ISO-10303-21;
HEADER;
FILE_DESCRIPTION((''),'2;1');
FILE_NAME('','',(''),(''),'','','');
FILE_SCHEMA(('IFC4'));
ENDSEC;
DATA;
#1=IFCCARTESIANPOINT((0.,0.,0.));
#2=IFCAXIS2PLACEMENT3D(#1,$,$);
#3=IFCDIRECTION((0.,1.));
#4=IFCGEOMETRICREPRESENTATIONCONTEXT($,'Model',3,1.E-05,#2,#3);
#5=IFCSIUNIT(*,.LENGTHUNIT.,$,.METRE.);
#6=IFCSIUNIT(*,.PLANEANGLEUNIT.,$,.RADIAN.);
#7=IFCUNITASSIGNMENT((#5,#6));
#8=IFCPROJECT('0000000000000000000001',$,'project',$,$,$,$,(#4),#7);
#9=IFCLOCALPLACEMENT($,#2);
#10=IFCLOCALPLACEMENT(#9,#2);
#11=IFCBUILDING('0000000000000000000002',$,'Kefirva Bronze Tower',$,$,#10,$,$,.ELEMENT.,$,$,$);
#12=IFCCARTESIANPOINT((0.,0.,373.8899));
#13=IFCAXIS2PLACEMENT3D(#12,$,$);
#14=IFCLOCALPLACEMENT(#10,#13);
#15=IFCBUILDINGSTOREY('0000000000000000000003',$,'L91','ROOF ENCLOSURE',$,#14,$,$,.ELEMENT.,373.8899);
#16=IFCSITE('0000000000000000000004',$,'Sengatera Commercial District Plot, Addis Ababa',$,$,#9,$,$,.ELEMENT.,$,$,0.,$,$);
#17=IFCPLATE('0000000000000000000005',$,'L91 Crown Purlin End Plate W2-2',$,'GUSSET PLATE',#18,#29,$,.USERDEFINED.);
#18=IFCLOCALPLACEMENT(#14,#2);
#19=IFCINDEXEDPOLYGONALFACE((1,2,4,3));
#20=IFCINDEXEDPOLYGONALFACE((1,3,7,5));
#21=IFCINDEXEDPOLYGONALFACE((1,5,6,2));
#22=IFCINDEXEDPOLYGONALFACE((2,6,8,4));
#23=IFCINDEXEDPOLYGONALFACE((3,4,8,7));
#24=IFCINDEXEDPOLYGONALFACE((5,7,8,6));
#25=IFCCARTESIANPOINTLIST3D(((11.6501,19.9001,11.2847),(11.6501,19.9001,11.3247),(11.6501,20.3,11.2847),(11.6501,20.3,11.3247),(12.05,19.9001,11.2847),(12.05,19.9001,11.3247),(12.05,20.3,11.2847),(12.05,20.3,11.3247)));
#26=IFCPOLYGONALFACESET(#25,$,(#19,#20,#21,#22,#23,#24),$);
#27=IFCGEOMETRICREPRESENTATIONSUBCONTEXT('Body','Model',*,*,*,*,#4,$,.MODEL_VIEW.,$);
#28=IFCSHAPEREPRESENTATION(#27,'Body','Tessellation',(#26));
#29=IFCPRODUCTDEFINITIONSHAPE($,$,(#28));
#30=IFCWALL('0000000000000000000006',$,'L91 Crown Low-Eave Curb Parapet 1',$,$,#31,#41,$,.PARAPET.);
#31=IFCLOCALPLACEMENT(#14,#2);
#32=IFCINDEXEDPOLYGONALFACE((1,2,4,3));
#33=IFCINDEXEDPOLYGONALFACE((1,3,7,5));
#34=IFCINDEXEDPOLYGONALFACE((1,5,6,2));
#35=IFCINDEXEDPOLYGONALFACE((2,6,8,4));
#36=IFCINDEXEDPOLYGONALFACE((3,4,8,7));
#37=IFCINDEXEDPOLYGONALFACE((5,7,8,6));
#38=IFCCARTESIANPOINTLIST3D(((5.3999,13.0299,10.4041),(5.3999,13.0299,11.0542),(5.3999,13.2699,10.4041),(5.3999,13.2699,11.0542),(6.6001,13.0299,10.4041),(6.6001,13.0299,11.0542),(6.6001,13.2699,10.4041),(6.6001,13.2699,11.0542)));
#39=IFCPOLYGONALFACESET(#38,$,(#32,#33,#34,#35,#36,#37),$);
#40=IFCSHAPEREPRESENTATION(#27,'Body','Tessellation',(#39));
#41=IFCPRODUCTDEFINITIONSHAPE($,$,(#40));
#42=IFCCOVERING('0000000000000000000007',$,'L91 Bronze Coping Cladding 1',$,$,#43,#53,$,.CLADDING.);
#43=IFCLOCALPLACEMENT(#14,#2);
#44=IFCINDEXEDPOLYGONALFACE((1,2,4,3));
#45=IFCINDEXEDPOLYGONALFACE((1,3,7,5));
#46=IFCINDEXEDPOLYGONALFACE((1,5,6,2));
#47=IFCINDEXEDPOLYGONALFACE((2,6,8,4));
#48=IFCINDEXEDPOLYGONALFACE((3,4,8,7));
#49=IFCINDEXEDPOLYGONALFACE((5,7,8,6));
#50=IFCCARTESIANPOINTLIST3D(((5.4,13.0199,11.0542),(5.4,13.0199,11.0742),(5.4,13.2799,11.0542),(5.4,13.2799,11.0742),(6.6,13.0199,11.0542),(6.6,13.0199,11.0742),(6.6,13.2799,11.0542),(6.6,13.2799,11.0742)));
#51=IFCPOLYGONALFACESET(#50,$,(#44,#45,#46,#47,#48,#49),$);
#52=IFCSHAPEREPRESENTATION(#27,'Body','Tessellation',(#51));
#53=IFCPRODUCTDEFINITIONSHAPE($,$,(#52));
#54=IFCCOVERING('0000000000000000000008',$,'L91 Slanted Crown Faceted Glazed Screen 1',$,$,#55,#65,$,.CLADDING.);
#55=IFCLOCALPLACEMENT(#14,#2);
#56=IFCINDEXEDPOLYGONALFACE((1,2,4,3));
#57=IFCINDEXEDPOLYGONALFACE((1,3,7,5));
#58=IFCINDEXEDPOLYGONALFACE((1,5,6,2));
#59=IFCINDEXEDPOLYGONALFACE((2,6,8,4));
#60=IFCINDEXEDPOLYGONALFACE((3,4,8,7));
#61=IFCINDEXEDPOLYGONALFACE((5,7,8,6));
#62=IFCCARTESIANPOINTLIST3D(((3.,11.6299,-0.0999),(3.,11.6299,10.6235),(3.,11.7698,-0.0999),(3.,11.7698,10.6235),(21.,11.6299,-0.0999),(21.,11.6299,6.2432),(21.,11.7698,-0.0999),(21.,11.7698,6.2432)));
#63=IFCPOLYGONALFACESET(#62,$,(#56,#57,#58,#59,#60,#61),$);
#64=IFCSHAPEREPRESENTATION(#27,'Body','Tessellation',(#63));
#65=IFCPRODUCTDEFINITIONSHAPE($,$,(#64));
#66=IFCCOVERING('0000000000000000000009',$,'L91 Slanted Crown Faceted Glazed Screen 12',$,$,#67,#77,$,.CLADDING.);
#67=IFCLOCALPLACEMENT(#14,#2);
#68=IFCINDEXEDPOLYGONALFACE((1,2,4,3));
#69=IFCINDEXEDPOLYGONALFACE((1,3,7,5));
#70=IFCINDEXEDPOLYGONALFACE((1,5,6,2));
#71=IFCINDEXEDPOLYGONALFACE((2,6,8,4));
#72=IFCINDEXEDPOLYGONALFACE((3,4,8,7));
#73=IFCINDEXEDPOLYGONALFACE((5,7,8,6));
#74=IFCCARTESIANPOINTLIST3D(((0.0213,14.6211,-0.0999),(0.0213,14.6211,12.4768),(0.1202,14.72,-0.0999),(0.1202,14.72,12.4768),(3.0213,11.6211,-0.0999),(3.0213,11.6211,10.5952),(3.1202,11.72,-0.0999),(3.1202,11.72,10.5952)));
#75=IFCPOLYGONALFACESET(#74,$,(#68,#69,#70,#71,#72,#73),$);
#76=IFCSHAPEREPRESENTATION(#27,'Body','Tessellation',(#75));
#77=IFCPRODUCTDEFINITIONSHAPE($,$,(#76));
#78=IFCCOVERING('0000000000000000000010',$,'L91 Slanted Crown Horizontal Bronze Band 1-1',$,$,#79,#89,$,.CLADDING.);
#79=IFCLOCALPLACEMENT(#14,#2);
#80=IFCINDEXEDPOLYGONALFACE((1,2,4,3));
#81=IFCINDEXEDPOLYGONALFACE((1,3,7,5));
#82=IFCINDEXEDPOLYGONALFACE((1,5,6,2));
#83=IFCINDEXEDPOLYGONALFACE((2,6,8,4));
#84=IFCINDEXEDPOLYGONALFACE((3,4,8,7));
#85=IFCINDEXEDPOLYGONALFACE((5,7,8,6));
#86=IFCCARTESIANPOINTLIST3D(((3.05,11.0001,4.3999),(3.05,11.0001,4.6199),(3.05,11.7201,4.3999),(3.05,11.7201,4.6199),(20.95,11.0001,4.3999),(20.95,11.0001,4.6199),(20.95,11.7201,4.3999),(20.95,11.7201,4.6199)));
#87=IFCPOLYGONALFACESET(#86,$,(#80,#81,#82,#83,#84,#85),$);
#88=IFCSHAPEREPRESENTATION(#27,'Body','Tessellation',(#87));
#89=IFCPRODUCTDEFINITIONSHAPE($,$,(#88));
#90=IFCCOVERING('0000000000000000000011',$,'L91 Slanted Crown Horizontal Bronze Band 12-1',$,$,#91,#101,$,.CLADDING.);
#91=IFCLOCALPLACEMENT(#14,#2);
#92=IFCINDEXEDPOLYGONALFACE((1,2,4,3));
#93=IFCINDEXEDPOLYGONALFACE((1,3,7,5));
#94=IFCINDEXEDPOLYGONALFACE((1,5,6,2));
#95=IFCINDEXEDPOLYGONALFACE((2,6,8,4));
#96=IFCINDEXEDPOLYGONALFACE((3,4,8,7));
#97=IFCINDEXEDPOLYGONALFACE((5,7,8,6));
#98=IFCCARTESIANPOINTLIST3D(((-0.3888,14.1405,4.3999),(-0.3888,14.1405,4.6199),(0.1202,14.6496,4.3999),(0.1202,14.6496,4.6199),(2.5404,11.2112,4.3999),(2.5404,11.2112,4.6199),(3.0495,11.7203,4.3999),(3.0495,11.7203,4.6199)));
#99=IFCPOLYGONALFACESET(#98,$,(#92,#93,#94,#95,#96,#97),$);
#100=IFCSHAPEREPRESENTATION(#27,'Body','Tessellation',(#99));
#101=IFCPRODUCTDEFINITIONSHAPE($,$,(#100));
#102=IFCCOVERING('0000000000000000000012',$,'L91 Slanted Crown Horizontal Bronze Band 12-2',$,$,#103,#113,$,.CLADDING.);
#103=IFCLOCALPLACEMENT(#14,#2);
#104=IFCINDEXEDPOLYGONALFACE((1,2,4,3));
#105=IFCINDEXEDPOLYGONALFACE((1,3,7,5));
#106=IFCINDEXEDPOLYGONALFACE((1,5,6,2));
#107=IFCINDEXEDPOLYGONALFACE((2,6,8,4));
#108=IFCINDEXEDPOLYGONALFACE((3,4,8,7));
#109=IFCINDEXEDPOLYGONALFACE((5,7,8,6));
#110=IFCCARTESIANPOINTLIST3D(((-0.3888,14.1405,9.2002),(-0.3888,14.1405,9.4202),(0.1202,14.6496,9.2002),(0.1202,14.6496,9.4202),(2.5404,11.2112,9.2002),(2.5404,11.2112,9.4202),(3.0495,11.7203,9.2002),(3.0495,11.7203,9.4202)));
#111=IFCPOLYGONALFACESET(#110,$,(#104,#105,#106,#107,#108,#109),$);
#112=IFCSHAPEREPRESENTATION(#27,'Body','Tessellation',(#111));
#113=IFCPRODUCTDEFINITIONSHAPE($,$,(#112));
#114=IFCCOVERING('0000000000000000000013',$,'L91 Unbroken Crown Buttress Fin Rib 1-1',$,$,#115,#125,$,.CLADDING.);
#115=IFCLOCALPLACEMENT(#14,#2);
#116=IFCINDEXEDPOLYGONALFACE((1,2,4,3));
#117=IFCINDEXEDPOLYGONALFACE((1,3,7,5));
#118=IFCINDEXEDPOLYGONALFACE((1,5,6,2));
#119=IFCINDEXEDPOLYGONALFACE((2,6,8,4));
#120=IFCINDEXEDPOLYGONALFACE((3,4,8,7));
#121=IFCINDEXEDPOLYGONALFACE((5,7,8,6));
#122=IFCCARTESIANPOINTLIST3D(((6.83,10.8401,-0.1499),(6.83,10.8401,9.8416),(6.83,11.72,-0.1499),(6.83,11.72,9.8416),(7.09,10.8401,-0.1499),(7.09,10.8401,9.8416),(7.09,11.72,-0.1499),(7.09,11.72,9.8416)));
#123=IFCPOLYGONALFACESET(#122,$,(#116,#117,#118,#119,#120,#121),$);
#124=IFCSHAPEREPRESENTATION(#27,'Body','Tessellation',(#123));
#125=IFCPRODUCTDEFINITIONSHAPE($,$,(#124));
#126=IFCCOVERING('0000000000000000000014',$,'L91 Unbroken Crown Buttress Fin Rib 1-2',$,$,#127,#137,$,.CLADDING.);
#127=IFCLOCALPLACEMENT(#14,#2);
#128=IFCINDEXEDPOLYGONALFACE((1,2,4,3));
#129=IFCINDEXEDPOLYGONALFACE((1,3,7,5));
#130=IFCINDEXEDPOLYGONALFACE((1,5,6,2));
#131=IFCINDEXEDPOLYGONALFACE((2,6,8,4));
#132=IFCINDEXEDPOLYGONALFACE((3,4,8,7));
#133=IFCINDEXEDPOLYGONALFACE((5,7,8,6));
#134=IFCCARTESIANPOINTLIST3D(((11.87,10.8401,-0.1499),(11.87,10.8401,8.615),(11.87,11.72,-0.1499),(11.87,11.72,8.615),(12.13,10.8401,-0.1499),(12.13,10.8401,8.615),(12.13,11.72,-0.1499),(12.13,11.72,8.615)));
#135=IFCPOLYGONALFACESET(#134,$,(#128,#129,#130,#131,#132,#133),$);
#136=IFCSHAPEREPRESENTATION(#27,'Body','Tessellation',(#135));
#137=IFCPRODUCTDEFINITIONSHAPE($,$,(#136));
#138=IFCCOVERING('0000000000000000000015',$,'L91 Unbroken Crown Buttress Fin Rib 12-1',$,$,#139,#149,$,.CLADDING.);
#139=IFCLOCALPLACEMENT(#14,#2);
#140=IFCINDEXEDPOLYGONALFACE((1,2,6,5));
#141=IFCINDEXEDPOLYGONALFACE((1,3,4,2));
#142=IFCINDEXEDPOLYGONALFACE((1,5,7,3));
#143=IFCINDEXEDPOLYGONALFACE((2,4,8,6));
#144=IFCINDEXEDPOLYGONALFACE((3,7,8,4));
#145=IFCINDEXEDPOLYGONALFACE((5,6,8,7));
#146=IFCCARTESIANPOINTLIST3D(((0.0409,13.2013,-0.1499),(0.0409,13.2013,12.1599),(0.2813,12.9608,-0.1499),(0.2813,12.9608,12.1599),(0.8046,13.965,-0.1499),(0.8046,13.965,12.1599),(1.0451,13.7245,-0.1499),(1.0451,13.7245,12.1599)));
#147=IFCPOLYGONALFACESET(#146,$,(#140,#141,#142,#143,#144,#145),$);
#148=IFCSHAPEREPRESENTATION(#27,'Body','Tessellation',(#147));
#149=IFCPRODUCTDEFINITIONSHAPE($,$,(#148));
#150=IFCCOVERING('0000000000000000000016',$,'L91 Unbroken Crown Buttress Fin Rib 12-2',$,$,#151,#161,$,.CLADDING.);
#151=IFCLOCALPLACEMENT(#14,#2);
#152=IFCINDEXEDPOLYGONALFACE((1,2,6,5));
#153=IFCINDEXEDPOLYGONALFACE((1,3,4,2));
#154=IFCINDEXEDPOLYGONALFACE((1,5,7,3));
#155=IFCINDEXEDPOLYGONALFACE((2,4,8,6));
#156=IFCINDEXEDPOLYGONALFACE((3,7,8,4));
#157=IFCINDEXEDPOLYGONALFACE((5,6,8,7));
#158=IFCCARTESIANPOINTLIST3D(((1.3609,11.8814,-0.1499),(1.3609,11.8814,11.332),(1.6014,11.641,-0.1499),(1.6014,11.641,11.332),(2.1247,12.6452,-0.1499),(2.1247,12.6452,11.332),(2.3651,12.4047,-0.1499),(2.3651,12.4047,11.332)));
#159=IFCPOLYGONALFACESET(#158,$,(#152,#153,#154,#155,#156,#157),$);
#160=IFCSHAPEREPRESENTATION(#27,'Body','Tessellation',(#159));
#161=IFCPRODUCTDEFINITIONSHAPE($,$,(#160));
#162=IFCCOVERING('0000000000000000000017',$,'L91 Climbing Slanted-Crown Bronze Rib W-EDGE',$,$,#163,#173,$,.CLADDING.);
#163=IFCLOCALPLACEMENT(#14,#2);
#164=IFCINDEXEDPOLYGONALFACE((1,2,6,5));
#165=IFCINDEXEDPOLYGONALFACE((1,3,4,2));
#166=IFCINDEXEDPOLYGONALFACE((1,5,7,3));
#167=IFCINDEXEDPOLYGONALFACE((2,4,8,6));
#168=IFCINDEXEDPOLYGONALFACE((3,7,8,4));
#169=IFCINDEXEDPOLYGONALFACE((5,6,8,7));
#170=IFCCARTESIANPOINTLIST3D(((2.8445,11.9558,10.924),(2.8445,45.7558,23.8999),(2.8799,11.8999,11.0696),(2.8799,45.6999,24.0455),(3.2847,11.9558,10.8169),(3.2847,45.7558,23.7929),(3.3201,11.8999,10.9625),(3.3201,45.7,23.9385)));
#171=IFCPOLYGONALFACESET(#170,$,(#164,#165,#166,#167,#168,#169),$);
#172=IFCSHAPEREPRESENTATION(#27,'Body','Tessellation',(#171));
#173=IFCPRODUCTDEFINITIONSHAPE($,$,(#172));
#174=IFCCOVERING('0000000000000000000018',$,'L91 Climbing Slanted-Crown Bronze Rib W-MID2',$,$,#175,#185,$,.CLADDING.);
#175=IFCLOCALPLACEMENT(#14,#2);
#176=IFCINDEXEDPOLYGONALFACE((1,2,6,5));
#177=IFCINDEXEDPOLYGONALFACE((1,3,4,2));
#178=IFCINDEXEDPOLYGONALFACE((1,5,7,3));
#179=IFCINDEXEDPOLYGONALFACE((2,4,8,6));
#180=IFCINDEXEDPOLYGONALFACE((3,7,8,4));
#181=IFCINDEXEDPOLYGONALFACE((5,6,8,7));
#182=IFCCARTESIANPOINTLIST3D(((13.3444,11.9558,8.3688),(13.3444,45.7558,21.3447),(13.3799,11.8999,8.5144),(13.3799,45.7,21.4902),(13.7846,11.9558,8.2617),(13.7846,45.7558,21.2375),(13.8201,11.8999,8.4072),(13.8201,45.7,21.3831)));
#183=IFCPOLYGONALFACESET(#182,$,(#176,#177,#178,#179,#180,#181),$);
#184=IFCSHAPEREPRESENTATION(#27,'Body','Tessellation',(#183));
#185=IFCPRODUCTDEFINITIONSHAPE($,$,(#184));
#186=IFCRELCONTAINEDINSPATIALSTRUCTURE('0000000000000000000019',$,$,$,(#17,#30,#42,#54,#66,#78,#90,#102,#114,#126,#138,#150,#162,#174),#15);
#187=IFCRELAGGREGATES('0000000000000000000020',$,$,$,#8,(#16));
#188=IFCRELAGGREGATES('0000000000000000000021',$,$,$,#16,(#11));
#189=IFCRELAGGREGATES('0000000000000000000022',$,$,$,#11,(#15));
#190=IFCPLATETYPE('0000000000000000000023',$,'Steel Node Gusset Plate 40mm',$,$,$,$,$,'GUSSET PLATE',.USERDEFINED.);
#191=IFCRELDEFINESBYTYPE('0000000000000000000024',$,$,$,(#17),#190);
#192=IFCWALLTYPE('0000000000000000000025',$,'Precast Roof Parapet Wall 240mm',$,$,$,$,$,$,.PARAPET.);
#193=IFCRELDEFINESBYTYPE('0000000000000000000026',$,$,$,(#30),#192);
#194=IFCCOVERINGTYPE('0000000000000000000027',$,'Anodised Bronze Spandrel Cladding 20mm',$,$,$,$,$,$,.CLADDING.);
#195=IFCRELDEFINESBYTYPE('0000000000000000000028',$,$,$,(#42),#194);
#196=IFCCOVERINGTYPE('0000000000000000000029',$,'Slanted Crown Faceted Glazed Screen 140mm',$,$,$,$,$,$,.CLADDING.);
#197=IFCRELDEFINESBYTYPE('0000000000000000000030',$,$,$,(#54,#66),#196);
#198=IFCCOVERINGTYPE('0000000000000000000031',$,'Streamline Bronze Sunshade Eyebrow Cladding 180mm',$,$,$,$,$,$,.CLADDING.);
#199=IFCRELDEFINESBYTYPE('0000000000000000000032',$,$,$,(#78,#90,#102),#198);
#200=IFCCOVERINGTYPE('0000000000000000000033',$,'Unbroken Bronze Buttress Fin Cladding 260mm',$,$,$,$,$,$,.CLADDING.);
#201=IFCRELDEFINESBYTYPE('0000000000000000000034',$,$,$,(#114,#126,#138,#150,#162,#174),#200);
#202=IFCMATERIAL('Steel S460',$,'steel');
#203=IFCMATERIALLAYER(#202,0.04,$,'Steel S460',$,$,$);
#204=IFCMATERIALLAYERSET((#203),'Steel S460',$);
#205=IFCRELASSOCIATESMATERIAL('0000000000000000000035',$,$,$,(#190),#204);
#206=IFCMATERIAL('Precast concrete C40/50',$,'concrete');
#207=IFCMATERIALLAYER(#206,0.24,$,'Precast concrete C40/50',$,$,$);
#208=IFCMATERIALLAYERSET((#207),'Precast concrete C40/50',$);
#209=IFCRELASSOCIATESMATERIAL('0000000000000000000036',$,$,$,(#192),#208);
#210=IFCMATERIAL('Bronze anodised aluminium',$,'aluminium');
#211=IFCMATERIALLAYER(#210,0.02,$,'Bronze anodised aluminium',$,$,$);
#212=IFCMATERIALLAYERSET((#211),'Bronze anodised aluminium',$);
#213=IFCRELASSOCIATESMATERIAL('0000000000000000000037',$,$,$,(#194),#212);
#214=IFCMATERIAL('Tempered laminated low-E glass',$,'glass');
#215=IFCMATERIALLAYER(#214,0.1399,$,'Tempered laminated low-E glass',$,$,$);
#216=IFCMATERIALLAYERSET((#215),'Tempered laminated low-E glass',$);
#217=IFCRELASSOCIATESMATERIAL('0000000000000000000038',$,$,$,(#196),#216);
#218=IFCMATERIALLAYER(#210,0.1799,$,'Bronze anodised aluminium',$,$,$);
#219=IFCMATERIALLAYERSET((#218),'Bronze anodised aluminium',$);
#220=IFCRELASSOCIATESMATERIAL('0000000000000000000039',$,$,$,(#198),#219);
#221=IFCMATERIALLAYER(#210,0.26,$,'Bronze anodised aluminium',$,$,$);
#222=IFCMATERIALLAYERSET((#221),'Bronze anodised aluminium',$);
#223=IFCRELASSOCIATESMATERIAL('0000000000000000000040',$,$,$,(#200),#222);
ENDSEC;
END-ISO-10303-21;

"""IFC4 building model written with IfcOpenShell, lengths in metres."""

from ifc_helpers import new_model, si_unit, direction, frame, frame_2d, origin, origin_2d, place, context, subcontext, project, spatial, polyline, rectangle, outline, extrude, material, layer, layer_set, type_object, element, save


model = new_model("IFC4")

# Units and contexts
model_context = context("Model", 3, precision=1e-05, world=origin(), true_north=direction((0.0, 1.0)))
body_context = subcontext(model_context, "Body", "Model", "MODEL_VIEW")
ifc_project = project(units=[si_unit("LENGTHUNIT", "METRE"), si_unit("PLANEANGLEUNIT", "RADIAN")], contexts=[model_context])

# Site, building, storey
site_placement = place(None, origin())
site = spatial("IfcSite", under=ifc_project, at=site_placement, Name="Sengatera Commercial District Plot, Addis Ababa", CompositionType="ELEMENT", RefElevation=0.0)
building_placement = place(site_placement, origin())
building = spatial("IfcBuilding", under=site, at=building_placement, Name="Kefirva Bronze Tower", CompositionType="ELEMENT")
storey_placement = place(building_placement, frame((0.0, 0.0, 373.8899)))
storey = spatial("IfcBuildingStorey", under=building, at=storey_placement, Name="L91", Description="ROOF ENCLOSURE", CompositionType="ELEMENT", Elevation=373.8899)

# Plate
ifc_material_1 = material(Name="Steel S460", Category="steel")
ifc_layer_1 = layer(ifc_material_1, 0.04, Name="Steel S460")
ifc_layer_set_1 = layer_set([ifc_layer_1], Name="Steel S460")
plate_type = type_object("IfcPlateType", Name="Steel Node Gusset Plate 40mm", ElementType="GUSSET PLATE", PredefinedType="USERDEFINED", material=ifc_layer_set_1)
for number, where, z_axis, x_axis, name in (
    (1, (11.8501, 20.1001, 11.2847), (0.0, 0.0, 1.0), (1.0, 0.0, 0.0), "L91 Crown Purlin End Plate W2-2"),
):
    element("IfcPlate", number, at=place(storey_placement, frame(where, z_axis=z_axis, x_axis=x_axis)), inside=storey, type_object=plate_type, Name=name, ObjectType="GUSSET PLATE", PredefinedType="USERDEFINED", context=body_context, shape_type="SweptSolid", body=[
        extrude(rectangle(XDim=0.3999, YDim=0.3999, at=origin_2d()), origin(), (0.0, 0.0, 1.0), 0.04),
    ])

# Wall
ifc_material_2 = material(Name="Precast concrete C40/50", Category="concrete")
ifc_layer_2 = layer(ifc_material_2, 0.24, Name="Precast concrete C40/50")
ifc_layer_set_2 = layer_set([ifc_layer_2], Name="Precast concrete C40/50")
wall_type = type_object("IfcWallType", Name="Precast Roof Parapet Wall 240mm", PredefinedType="PARAPET", material=ifc_layer_set_2)
wall_placement = place(storey_placement, frame((5.3999, 13.1499, 10.4041), z_axis=(0.0, 0.0, 1.0), x_axis=(1.0, 0.0, 0.0)))
element("IfcWall", 2, at=wall_placement, inside=storey, type_object=wall_type, Name="L91 Crown Low-Eave Curb Parapet 1", PredefinedType="PARAPET", context=body_context, shape_type="SweptSolid", body=[
    extrude(rectangle(XDim=1.2002, YDim=0.24, at=frame_2d((0.6001, 0.0))), origin(), (0.0, 0.0, 1.0), 0.6501),
])

# Shared definitions
ifc_material_3 = material(Name="Bronze anodised aluminium", Category="aluminium")

# Coverings
ifc_layer_3 = layer(ifc_material_3, 0.02, Name="Bronze anodised aluminium")
ifc_layer_set_3 = layer_set([ifc_layer_3], Name="Bronze anodised aluminium")
covering_type_1 = type_object("IfcCoveringType", Name="Anodised Bronze Spandrel Cladding 20mm", PredefinedType="CLADDING", material=ifc_layer_set_3)
covering_1_placement = place(storey_placement, frame((6.0, 13.1499, 11.0542), z_axis=(0.0, 0.0, 1.0), x_axis=(1.0, 0.0, 0.0)))
element("IfcCovering", 3, at=covering_1_placement, inside=storey, type_object=covering_type_1, Name="L91 Bronze Coping Cladding 1", PredefinedType="CLADDING", context=body_context, shape_type="SweptSolid", body=[
    extrude(rectangle(XDim=1.2, YDim=0.26, at=origin_2d()), origin(), (0.0, 0.0, 1.0), 0.02),
])
ifc_material_4 = material(Name="Tempered laminated low-E glass", Category="glass")
ifc_layer_4 = layer(ifc_material_4, 0.1399, Name="Tempered laminated low-E glass")
ifc_layer_set_4 = layer_set([ifc_layer_4], Name="Tempered laminated low-E glass")
covering_type_2 = type_object("IfcCoveringType", Name="Slanted Crown Faceted Glazed Screen 140mm", PredefinedType="CLADDING", material=ifc_layer_set_4)
covering_2_placement = place(storey_placement, frame((3.0, 11.7, -0.0999), z_axis=(0.0, 0.0, 1.0), x_axis=(1.0, 0.0, 0.0)))
element("IfcCovering", 4, at=covering_2_placement, inside=storey, type_object=covering_type_2, Name="L91 Slanted Crown Faceted Glazed Screen 1", PredefinedType="CLADDING", context=body_context, shape_type="SweptSolid", body=[
    extrude(outline(polyline([(0.0, 0.0), (18.0, 0.0), (18.0, 6.343), (0.0, 10.7234), (0.0, 0.0)])), frame((0.0, 0.0698, 0.0), z_axis=(0.0, -1.0, 0.0), x_axis=(1.0, 0.0, 0.0)), (0.0, 0.0, 1.0), 0.1399),
])
covering_3_placement = place(storey_placement, frame((0.0708, 14.6707, -0.0999), z_axis=(0.0, 0.0, 1.0), x_axis=(0.707107, -0.707107, 0.0)))
element("IfcCovering", 5, at=covering_3_placement, inside=storey, type_object=covering_type_2, Name="L91 Slanted Crown Faceted Glazed Screen 12", PredefinedType="CLADDING", context=body_context, shape_type="SweptSolid", body=[
    extrude(outline(polyline([(0.0, 0.0), (4.2427, 0.0), (4.2427, 10.6951), (0.0, 12.5767), (0.0, 0.0)])), frame((0.0, 0.0698, 0.0), z_axis=(0.0, -1.0, 0.0), x_axis=(1.0, 0.0, 0.0)), (0.0, 0.0, 1.0), 0.1399),
])
ifc_layer_5 = layer(ifc_material_3, 0.1799, Name="Bronze anodised aluminium")
ifc_layer_set_5 = layer_set([ifc_layer_5], Name="Bronze anodised aluminium")
covering_type_3 = type_object("IfcCoveringType", Name="Streamline Bronze Sunshade Eyebrow Cladding 180mm", PredefinedType="CLADDING", material=ifc_layer_set_5)
covering_4_placement = place(storey_placement, frame((12.0, 11.3601, 4.3999), z_axis=(0.0, 0.0, 1.0), x_axis=(1.0, 0.0, 0.0)))
element("IfcCovering", 6, at=covering_4_placement, inside=storey, type_object=covering_type_3, Name="L91 Slanted Crown Horizontal Bronze Band 1-1", PredefinedType="CLADDING", context=body_context, shape_type="SweptSolid", body=[
    extrude(rectangle(XDim=17.8999, YDim=0.72, at=origin_2d()), origin(), (0.0, 0.0, 1.0), 0.22),
])
for number, where, z_axis, x_axis, name in (
    (7, (1.3303, 12.9304, 4.3999), (0.0, 0.0, 1.0), (0.707107, -0.707107, 0.0), "L91 Slanted Crown Horizontal Bronze Band 12-1"),
    (8, (1.3303, 12.9304, 9.2002), (0.0, 0.0, 1.0), (0.707107, -0.707107, 0.0), "L91 Slanted Crown Horizontal Bronze Band 12-2"),
):
    element("IfcCovering", number, at=place(storey_placement, frame(where, z_axis=z_axis, x_axis=x_axis)), inside=storey, type_object=covering_type_3, Name=name, PredefinedType="CLADDING", context=body_context, shape_type="SweptSolid", body=[
        extrude(rectangle(XDim=4.1426, YDim=0.72, at=origin_2d()), origin(), (0.0, 0.0, 1.0), 0.22),
    ])
ifc_layer_6 = layer(ifc_material_3, 0.26, Name="Bronze anodised aluminium")
ifc_layer_set_6 = layer_set([ifc_layer_6], Name="Bronze anodised aluminium")
covering_type_4 = type_object("IfcCoveringType", Name="Unbroken Bronze Buttress Fin Cladding 260mm", PredefinedType="CLADDING", material=ifc_layer_set_6)
covering_5_placement = place(storey_placement, frame((6.96, 11.28, -0.1499), z_axis=(0.0, 0.0, 1.0), x_axis=(1.0, 0.0, 0.0)))
element("IfcCovering", 9, at=covering_5_placement, inside=storey, type_object=covering_type_4, Name="L91 Unbroken Crown Buttress Fin Rib 1-1", PredefinedType="CLADDING", context=body_context, shape_type="SweptSolid", body=[
    extrude(rectangle(XDim=0.26, YDim=0.8799, at=origin_2d()), origin(), (0.0, 0.0, 1.0), 9.9915),
])
covering_6_placement = place(storey_placement, frame((12.0, 11.28, -0.1499), z_axis=(0.0, 0.0, 1.0), x_axis=(1.0, 0.0, 0.0)))
element("IfcCovering", 10, at=covering_6_placement, inside=storey, type_object=covering_type_4, Name="L91 Unbroken Crown Buttress Fin Rib 1-2", PredefinedType="CLADDING", context=body_context, shape_type="SweptSolid", body=[
    extrude(rectangle(XDim=0.26, YDim=0.8799, at=origin_2d()), origin(), (0.0, 0.0, 1.0), 8.7649),
])
covering_7_placement = place(storey_placement, frame((0.543, 13.4629, -0.1499), z_axis=(0.0, 0.0, 1.0), x_axis=(0.707107, -0.707107, 0.0)))
element("IfcCovering", 11, at=covering_7_placement, inside=storey, type_object=covering_type_4, Name="L91 Unbroken Crown Buttress Fin Rib 12-1", PredefinedType="CLADDING", context=body_context, shape_type="SweptSolid", body=[
    extrude(rectangle(XDim=0.3401, YDim=1.0801, at=origin_2d()), origin(), (0.0, 0.0, 1.0), 12.3098),
])
covering_8_placement = place(storey_placement, frame((1.863, 12.1431, -0.1499), z_axis=(0.0, 0.0, 1.0), x_axis=(0.707107, -0.707107, 0.0)))
element("IfcCovering", 12, at=covering_8_placement, inside=storey, type_object=covering_type_4, Name="L91 Unbroken Crown Buttress Fin Rib 12-2", PredefinedType="CLADDING", context=body_context, shape_type="SweptSolid", body=[
    extrude(rectangle(XDim=0.3401, YDim=1.0801, at=origin_2d()), origin(), (0.0, 0.0, 1.0), 11.4819),
])
covering_9_placement = place(storey_placement, frame((2.8799, 11.8999, 11.0696), z_axis=(0.221414, -0.349504, 0.910397), x_axis=(0.971668, -0.000086, -0.236348)))
element("IfcCovering", 13, at=covering_9_placement, inside=storey, type_object=covering_type_4, Name="L91 Climbing Slanted-Crown Bronze Rib W-EDGE", PredefinedType="CLADDING", context=body_context, shape_type="SweptSolid", body=[
    extrude(outline(polyline([(0.0, 0.0), (0.453, 0.0), (-2.6167, 36.0749), (-3.0697, 36.0748), (0.0, 0.0)])), origin(), (0.0, 0.0, -1.0), 0.1599),
])
covering_10_placement = place(storey_placement, frame((13.3799, 11.8999, 8.5144), z_axis=(0.221654, -0.349482, 0.910347), x_axis=(0.971614, 0.0, -0.236572)))
element("IfcCovering", 14, at=covering_10_placement, inside=storey, type_object=covering_type_4, Name="L91 Climbing Slanted-Crown Bronze Rib W-MID2", PredefinedType="CLADDING", context=body_context, shape_type="SweptSolid", body=[
    extrude(outline(polyline([(0.0, 0.0), (0.453, 0.0), (-2.6167, 36.0748), (-3.0697, 36.0748), (0.0, 0.0)])), origin(), (0.0, 0.0, -1.0), 0.1599),
])

save(model, "model.ifc")
